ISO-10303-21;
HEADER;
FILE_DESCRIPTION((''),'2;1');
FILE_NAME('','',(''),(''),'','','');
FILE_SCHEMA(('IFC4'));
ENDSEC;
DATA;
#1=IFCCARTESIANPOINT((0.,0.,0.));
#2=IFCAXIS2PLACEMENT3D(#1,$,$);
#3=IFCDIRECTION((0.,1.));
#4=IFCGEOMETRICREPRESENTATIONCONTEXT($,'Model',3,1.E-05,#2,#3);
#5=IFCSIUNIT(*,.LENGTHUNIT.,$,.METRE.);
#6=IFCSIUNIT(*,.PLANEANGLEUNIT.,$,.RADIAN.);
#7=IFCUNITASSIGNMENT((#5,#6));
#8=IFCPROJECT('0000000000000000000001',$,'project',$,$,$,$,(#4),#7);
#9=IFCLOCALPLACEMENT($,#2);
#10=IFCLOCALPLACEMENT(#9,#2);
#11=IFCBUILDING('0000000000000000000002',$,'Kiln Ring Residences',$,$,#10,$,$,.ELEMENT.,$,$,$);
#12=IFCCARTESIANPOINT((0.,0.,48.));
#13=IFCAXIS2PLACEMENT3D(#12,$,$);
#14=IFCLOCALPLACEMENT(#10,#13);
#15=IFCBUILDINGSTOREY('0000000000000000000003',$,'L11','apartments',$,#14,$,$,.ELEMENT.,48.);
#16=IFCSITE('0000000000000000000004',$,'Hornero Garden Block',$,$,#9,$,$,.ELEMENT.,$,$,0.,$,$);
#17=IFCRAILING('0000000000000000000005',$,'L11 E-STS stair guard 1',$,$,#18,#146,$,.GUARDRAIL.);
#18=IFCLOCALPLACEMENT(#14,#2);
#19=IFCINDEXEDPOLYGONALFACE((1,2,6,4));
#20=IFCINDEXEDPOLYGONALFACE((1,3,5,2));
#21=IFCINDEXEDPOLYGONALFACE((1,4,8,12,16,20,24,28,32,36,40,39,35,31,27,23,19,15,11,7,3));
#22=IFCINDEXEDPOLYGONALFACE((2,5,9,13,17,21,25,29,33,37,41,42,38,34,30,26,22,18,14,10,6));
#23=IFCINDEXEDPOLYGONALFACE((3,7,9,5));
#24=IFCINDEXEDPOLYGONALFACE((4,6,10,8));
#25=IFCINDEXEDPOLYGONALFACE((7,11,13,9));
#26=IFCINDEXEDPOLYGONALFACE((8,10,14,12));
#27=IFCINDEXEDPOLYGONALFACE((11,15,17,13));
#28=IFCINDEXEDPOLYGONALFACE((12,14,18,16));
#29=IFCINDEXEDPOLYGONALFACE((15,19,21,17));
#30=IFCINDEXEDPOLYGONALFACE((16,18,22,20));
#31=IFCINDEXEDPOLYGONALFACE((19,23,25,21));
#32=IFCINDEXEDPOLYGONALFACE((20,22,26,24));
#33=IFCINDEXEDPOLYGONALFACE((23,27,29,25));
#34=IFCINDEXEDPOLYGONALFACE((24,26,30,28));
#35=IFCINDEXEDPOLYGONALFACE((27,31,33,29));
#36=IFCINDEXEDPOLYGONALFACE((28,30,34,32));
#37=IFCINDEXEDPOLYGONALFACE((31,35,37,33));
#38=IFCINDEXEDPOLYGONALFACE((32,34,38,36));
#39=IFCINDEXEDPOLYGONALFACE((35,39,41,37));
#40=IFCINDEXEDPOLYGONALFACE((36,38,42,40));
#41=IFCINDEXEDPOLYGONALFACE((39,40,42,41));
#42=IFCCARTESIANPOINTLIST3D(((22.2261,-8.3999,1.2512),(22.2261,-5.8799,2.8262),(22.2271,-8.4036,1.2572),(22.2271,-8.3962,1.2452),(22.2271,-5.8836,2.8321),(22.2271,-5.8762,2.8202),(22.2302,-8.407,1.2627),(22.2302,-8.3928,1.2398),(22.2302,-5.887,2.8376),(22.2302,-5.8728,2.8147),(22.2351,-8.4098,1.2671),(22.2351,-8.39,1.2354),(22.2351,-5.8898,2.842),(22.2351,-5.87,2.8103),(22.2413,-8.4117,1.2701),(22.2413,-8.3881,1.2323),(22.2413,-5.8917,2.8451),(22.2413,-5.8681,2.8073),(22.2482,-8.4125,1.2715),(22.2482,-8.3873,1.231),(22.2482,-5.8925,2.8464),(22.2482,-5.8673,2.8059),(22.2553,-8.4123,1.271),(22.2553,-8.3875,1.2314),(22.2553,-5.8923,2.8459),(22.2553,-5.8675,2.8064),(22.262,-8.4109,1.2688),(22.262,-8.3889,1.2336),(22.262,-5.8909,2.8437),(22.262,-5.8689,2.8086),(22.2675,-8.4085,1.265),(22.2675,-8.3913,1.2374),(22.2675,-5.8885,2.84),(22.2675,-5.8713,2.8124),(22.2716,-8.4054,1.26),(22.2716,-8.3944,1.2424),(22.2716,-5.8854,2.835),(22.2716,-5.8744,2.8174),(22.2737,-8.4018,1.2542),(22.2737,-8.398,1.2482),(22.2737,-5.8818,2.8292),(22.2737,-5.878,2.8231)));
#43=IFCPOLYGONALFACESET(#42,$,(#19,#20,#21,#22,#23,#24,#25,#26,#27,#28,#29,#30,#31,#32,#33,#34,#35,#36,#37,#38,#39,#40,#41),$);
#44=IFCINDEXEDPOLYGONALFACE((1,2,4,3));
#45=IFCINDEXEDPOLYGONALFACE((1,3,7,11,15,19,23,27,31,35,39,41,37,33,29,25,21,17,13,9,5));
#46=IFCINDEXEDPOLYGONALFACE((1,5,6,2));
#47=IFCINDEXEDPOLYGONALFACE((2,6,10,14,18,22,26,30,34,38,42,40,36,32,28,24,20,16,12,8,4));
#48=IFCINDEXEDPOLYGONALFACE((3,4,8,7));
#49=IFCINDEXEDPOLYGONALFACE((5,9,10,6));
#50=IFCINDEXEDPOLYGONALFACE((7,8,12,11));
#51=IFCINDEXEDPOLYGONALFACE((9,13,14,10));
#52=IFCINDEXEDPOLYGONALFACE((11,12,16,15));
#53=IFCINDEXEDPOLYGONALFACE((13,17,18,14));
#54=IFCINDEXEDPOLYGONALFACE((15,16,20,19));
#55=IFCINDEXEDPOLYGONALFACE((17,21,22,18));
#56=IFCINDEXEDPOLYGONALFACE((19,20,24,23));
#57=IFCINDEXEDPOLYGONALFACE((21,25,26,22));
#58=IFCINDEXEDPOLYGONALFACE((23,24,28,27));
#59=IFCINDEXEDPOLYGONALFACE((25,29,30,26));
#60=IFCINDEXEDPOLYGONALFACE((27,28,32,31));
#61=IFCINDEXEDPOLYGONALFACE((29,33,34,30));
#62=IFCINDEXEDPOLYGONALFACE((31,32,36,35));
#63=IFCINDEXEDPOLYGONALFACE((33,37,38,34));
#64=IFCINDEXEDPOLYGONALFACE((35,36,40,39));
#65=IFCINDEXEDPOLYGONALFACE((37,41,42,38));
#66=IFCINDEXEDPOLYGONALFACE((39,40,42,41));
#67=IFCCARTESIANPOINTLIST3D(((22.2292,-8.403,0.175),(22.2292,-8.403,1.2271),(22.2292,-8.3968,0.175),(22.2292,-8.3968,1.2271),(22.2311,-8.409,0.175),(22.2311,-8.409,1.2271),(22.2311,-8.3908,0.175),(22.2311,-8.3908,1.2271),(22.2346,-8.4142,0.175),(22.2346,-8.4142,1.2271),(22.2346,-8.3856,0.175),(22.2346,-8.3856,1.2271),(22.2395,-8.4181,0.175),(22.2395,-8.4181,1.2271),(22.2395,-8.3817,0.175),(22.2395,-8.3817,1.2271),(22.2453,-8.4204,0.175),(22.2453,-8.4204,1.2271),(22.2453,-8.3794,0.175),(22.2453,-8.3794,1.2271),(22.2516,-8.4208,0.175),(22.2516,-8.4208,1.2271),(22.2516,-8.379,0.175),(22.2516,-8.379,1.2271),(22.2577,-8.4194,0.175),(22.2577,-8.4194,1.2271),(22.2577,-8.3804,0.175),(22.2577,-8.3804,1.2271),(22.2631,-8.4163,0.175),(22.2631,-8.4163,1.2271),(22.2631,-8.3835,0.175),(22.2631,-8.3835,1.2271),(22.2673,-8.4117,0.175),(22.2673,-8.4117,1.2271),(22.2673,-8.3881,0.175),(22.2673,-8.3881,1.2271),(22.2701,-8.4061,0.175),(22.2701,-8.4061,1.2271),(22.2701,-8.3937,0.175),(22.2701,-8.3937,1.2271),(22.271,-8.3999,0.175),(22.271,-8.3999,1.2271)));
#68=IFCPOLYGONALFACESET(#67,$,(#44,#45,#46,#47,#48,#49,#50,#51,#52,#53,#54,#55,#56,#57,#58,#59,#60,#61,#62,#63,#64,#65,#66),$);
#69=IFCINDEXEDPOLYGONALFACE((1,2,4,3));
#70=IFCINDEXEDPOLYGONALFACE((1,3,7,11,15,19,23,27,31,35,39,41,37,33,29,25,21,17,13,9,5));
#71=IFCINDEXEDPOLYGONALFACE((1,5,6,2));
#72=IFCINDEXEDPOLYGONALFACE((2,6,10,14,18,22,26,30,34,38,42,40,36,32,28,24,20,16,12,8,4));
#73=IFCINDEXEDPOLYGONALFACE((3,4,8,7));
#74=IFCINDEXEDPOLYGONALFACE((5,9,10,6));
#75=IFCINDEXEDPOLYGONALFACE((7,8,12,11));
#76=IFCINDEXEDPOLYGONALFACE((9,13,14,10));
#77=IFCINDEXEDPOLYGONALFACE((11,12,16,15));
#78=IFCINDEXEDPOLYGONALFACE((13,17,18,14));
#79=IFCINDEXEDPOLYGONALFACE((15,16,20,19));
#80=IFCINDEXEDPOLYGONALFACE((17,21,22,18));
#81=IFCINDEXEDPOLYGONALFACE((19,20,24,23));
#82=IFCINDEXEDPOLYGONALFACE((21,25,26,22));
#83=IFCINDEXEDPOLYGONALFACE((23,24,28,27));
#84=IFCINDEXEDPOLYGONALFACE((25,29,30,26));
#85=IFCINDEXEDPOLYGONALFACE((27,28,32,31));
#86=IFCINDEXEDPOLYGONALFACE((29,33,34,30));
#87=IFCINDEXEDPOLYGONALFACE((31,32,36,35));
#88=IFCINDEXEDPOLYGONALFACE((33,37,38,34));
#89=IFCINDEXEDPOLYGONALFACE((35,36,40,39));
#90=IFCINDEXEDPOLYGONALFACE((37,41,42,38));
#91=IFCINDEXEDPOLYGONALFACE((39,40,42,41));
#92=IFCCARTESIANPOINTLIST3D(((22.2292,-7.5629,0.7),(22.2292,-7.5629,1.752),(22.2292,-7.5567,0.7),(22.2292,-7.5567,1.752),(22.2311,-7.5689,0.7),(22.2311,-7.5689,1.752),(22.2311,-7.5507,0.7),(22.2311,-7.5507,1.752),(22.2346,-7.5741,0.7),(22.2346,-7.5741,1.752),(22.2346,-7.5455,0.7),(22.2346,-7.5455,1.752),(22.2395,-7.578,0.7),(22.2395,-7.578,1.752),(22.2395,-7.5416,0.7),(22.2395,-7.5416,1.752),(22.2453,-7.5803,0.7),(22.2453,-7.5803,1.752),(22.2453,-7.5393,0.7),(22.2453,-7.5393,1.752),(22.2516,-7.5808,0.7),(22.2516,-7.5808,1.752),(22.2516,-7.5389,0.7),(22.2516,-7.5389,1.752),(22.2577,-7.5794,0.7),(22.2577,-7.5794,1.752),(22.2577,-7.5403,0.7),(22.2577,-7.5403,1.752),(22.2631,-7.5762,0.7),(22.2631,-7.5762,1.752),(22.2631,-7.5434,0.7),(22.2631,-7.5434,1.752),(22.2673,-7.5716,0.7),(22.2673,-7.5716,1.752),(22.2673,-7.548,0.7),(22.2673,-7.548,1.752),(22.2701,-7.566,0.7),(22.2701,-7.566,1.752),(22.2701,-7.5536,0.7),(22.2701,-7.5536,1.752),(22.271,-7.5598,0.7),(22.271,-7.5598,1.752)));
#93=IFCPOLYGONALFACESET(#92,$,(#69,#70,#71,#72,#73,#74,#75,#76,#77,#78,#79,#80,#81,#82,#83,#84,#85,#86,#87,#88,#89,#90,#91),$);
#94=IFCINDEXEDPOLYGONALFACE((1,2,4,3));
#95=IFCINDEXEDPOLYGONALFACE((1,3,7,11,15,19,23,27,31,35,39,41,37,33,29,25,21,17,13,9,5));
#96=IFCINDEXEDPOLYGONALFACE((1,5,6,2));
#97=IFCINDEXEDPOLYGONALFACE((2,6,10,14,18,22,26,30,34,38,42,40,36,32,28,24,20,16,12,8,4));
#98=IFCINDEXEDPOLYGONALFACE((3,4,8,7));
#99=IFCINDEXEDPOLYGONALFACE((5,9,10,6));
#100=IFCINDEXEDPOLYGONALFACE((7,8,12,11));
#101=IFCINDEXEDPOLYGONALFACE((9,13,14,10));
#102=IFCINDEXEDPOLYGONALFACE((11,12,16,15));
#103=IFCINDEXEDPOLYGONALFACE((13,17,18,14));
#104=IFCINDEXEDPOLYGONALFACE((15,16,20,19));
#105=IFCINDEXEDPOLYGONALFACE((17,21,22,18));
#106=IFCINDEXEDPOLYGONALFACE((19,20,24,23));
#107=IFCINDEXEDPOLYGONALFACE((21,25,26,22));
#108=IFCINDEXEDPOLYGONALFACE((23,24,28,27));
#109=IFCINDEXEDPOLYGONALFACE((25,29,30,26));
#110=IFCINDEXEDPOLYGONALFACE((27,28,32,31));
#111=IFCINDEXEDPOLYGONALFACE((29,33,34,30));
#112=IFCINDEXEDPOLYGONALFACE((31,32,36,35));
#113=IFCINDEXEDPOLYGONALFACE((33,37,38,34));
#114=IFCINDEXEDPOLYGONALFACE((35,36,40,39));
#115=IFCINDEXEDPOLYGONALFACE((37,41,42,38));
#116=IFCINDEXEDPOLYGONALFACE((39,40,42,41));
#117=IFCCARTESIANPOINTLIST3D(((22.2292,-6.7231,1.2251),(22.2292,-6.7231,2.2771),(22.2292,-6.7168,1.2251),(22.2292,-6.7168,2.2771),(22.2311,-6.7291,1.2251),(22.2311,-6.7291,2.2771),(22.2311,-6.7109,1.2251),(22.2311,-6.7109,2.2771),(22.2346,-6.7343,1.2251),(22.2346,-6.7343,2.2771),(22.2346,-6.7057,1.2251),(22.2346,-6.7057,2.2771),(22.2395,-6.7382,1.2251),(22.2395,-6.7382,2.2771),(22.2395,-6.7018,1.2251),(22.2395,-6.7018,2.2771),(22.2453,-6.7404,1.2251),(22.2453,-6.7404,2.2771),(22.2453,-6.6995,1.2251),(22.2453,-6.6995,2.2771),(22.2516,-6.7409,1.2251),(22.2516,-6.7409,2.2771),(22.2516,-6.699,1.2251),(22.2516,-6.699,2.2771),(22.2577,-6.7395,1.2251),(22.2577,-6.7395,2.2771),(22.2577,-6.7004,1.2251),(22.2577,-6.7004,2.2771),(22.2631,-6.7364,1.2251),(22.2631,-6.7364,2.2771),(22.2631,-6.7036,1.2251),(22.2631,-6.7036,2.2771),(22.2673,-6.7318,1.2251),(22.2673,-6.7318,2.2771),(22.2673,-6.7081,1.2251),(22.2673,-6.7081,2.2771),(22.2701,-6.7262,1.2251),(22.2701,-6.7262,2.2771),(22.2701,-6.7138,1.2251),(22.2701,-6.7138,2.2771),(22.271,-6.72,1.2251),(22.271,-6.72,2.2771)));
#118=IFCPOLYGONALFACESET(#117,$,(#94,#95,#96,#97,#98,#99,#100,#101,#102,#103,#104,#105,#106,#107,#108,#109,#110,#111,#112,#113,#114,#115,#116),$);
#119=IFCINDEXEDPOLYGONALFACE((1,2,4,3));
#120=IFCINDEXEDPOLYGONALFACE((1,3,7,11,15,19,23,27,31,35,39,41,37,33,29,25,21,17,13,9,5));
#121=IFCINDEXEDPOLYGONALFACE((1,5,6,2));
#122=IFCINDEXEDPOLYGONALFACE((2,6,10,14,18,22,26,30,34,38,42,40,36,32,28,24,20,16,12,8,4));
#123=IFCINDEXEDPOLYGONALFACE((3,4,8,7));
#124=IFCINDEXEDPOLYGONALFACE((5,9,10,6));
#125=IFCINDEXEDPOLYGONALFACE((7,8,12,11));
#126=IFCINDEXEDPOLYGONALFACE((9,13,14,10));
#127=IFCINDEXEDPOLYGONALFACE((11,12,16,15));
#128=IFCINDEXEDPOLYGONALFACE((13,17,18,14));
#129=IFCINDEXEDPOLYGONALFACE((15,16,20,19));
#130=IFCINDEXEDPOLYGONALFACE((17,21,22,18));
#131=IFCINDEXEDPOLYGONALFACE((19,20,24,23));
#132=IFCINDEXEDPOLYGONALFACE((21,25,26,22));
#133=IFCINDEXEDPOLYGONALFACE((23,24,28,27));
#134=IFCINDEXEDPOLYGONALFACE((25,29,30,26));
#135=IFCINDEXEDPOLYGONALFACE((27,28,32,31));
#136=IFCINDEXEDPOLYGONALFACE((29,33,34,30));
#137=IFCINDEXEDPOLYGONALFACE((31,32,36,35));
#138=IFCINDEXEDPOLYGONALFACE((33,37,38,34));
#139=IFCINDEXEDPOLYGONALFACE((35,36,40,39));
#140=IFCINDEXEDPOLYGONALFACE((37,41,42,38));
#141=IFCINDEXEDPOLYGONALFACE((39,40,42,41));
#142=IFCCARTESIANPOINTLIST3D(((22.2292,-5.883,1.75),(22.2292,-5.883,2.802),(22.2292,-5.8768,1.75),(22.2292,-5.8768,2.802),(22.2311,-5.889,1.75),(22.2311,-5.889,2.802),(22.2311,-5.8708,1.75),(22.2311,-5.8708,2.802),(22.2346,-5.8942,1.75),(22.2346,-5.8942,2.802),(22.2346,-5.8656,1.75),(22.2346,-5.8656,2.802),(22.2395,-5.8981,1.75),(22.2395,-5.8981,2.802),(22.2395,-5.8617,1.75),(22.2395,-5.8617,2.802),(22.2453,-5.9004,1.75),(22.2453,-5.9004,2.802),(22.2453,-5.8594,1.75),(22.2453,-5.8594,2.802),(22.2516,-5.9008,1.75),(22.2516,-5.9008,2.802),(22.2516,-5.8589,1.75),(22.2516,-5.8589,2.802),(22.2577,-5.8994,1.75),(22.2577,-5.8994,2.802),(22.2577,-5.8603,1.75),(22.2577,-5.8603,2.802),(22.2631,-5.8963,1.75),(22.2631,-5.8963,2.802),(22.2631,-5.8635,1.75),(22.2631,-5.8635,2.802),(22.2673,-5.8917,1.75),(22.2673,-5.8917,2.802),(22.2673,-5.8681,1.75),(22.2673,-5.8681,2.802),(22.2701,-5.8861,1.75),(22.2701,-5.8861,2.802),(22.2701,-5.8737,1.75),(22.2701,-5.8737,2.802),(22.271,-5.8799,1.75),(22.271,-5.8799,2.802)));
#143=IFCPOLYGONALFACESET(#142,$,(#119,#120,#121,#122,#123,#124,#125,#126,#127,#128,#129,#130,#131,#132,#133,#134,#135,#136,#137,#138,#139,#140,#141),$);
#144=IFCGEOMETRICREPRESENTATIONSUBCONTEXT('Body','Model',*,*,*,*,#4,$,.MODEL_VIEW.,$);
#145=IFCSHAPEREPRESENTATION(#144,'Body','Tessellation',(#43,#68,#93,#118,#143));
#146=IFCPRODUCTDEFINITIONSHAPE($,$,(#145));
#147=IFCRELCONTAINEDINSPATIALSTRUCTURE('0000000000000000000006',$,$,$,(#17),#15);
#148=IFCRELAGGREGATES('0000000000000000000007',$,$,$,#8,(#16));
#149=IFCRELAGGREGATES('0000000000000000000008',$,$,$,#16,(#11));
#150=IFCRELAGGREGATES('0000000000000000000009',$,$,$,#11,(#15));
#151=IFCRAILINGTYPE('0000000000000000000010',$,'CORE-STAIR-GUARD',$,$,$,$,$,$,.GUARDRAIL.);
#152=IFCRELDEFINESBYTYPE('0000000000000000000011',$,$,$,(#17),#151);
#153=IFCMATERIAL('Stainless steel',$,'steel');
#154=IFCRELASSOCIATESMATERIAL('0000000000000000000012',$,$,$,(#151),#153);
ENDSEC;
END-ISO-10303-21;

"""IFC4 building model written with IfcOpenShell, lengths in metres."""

from ifc_helpers import new_model, si_unit, direction, frame, origin, origin_2d, place, context, subcontext, project, spatial, circle, extrude, material, type_object, element, save


model = new_model("IFC4")

# Units and contexts
model_context = context("Model", 3, precision=1e-05, world=origin(), true_north=direction((0.0, 1.0)))
body_context = subcontext(model_context, "Body", "Model", "MODEL_VIEW")
ifc_project = project(units=[si_unit("LENGTHUNIT", "METRE"), si_unit("PLANEANGLEUNIT", "RADIAN")], contexts=[model_context])

# Site, building, storey
site_placement = place(None, origin())
site = spatial("IfcSite", under=ifc_project, at=site_placement, Name="Hornero Garden Block", CompositionType="ELEMENT", RefElevation=0.0)
building_placement = place(site_placement, origin())
building = spatial("IfcBuilding", under=site, at=building_placement, Name="Kiln Ring Residences", CompositionType="ELEMENT")
storey_placement = place(building_placement, frame((0.0, 0.0, 48.0)))
storey = spatial("IfcBuildingStorey", under=building, at=storey_placement, Name="L11", Description="apartments", CompositionType="ELEMENT", Elevation=48.0)

# Railing
ifc_material_1 = material(Name="Stainless steel", Category="steel")
railing_type_1 = type_object("IfcRailingType", Name="CORE-STAIR-GUARD", PredefinedType="GUARDRAIL", material=ifc_material_1)
railing_1_placement = place(storey_placement, frame((22.25, -8.3999, 0.175)))
element("IfcRailing", 1, at=railing_1_placement, inside=storey, type_object=railing_type_1, Name="L11 E-STS stair guard 1", PredefinedType="GUARDRAIL", context=body_context, shape_type="SweptSolid", body=[
    extrude(circle(Radius=0.0239, at=origin_2d()), frame((0.0, 0.0, 1.0762), z_axis=(0.0, 0.848008, 0.529984), x_axis=(-1.0, 0.0, 0.0)), (0.0, 0.0, 1.0), 2.9717),
    extrude(circle(Radius=0.021, at=origin_2d()), origin(), (0.0, 0.0, 1.0), 1.052),
    extrude(circle(Radius=0.021, at=origin_2d()), frame((0.0, 0.8401, 0.5249)), (0.0, 0.0, 1.0), 1.052),
    extrude(circle(Radius=0.021, at=origin_2d()), frame((0.0, 1.6799, 1.05)), (0.0, 0.0, 1.0), 1.052),
    extrude(circle(Radius=0.021, at=origin_2d()), frame((0.0, 2.52, 1.575)), (0.0, 0.0, 1.0), 1.052),
])

save(model, "model.ifc")
